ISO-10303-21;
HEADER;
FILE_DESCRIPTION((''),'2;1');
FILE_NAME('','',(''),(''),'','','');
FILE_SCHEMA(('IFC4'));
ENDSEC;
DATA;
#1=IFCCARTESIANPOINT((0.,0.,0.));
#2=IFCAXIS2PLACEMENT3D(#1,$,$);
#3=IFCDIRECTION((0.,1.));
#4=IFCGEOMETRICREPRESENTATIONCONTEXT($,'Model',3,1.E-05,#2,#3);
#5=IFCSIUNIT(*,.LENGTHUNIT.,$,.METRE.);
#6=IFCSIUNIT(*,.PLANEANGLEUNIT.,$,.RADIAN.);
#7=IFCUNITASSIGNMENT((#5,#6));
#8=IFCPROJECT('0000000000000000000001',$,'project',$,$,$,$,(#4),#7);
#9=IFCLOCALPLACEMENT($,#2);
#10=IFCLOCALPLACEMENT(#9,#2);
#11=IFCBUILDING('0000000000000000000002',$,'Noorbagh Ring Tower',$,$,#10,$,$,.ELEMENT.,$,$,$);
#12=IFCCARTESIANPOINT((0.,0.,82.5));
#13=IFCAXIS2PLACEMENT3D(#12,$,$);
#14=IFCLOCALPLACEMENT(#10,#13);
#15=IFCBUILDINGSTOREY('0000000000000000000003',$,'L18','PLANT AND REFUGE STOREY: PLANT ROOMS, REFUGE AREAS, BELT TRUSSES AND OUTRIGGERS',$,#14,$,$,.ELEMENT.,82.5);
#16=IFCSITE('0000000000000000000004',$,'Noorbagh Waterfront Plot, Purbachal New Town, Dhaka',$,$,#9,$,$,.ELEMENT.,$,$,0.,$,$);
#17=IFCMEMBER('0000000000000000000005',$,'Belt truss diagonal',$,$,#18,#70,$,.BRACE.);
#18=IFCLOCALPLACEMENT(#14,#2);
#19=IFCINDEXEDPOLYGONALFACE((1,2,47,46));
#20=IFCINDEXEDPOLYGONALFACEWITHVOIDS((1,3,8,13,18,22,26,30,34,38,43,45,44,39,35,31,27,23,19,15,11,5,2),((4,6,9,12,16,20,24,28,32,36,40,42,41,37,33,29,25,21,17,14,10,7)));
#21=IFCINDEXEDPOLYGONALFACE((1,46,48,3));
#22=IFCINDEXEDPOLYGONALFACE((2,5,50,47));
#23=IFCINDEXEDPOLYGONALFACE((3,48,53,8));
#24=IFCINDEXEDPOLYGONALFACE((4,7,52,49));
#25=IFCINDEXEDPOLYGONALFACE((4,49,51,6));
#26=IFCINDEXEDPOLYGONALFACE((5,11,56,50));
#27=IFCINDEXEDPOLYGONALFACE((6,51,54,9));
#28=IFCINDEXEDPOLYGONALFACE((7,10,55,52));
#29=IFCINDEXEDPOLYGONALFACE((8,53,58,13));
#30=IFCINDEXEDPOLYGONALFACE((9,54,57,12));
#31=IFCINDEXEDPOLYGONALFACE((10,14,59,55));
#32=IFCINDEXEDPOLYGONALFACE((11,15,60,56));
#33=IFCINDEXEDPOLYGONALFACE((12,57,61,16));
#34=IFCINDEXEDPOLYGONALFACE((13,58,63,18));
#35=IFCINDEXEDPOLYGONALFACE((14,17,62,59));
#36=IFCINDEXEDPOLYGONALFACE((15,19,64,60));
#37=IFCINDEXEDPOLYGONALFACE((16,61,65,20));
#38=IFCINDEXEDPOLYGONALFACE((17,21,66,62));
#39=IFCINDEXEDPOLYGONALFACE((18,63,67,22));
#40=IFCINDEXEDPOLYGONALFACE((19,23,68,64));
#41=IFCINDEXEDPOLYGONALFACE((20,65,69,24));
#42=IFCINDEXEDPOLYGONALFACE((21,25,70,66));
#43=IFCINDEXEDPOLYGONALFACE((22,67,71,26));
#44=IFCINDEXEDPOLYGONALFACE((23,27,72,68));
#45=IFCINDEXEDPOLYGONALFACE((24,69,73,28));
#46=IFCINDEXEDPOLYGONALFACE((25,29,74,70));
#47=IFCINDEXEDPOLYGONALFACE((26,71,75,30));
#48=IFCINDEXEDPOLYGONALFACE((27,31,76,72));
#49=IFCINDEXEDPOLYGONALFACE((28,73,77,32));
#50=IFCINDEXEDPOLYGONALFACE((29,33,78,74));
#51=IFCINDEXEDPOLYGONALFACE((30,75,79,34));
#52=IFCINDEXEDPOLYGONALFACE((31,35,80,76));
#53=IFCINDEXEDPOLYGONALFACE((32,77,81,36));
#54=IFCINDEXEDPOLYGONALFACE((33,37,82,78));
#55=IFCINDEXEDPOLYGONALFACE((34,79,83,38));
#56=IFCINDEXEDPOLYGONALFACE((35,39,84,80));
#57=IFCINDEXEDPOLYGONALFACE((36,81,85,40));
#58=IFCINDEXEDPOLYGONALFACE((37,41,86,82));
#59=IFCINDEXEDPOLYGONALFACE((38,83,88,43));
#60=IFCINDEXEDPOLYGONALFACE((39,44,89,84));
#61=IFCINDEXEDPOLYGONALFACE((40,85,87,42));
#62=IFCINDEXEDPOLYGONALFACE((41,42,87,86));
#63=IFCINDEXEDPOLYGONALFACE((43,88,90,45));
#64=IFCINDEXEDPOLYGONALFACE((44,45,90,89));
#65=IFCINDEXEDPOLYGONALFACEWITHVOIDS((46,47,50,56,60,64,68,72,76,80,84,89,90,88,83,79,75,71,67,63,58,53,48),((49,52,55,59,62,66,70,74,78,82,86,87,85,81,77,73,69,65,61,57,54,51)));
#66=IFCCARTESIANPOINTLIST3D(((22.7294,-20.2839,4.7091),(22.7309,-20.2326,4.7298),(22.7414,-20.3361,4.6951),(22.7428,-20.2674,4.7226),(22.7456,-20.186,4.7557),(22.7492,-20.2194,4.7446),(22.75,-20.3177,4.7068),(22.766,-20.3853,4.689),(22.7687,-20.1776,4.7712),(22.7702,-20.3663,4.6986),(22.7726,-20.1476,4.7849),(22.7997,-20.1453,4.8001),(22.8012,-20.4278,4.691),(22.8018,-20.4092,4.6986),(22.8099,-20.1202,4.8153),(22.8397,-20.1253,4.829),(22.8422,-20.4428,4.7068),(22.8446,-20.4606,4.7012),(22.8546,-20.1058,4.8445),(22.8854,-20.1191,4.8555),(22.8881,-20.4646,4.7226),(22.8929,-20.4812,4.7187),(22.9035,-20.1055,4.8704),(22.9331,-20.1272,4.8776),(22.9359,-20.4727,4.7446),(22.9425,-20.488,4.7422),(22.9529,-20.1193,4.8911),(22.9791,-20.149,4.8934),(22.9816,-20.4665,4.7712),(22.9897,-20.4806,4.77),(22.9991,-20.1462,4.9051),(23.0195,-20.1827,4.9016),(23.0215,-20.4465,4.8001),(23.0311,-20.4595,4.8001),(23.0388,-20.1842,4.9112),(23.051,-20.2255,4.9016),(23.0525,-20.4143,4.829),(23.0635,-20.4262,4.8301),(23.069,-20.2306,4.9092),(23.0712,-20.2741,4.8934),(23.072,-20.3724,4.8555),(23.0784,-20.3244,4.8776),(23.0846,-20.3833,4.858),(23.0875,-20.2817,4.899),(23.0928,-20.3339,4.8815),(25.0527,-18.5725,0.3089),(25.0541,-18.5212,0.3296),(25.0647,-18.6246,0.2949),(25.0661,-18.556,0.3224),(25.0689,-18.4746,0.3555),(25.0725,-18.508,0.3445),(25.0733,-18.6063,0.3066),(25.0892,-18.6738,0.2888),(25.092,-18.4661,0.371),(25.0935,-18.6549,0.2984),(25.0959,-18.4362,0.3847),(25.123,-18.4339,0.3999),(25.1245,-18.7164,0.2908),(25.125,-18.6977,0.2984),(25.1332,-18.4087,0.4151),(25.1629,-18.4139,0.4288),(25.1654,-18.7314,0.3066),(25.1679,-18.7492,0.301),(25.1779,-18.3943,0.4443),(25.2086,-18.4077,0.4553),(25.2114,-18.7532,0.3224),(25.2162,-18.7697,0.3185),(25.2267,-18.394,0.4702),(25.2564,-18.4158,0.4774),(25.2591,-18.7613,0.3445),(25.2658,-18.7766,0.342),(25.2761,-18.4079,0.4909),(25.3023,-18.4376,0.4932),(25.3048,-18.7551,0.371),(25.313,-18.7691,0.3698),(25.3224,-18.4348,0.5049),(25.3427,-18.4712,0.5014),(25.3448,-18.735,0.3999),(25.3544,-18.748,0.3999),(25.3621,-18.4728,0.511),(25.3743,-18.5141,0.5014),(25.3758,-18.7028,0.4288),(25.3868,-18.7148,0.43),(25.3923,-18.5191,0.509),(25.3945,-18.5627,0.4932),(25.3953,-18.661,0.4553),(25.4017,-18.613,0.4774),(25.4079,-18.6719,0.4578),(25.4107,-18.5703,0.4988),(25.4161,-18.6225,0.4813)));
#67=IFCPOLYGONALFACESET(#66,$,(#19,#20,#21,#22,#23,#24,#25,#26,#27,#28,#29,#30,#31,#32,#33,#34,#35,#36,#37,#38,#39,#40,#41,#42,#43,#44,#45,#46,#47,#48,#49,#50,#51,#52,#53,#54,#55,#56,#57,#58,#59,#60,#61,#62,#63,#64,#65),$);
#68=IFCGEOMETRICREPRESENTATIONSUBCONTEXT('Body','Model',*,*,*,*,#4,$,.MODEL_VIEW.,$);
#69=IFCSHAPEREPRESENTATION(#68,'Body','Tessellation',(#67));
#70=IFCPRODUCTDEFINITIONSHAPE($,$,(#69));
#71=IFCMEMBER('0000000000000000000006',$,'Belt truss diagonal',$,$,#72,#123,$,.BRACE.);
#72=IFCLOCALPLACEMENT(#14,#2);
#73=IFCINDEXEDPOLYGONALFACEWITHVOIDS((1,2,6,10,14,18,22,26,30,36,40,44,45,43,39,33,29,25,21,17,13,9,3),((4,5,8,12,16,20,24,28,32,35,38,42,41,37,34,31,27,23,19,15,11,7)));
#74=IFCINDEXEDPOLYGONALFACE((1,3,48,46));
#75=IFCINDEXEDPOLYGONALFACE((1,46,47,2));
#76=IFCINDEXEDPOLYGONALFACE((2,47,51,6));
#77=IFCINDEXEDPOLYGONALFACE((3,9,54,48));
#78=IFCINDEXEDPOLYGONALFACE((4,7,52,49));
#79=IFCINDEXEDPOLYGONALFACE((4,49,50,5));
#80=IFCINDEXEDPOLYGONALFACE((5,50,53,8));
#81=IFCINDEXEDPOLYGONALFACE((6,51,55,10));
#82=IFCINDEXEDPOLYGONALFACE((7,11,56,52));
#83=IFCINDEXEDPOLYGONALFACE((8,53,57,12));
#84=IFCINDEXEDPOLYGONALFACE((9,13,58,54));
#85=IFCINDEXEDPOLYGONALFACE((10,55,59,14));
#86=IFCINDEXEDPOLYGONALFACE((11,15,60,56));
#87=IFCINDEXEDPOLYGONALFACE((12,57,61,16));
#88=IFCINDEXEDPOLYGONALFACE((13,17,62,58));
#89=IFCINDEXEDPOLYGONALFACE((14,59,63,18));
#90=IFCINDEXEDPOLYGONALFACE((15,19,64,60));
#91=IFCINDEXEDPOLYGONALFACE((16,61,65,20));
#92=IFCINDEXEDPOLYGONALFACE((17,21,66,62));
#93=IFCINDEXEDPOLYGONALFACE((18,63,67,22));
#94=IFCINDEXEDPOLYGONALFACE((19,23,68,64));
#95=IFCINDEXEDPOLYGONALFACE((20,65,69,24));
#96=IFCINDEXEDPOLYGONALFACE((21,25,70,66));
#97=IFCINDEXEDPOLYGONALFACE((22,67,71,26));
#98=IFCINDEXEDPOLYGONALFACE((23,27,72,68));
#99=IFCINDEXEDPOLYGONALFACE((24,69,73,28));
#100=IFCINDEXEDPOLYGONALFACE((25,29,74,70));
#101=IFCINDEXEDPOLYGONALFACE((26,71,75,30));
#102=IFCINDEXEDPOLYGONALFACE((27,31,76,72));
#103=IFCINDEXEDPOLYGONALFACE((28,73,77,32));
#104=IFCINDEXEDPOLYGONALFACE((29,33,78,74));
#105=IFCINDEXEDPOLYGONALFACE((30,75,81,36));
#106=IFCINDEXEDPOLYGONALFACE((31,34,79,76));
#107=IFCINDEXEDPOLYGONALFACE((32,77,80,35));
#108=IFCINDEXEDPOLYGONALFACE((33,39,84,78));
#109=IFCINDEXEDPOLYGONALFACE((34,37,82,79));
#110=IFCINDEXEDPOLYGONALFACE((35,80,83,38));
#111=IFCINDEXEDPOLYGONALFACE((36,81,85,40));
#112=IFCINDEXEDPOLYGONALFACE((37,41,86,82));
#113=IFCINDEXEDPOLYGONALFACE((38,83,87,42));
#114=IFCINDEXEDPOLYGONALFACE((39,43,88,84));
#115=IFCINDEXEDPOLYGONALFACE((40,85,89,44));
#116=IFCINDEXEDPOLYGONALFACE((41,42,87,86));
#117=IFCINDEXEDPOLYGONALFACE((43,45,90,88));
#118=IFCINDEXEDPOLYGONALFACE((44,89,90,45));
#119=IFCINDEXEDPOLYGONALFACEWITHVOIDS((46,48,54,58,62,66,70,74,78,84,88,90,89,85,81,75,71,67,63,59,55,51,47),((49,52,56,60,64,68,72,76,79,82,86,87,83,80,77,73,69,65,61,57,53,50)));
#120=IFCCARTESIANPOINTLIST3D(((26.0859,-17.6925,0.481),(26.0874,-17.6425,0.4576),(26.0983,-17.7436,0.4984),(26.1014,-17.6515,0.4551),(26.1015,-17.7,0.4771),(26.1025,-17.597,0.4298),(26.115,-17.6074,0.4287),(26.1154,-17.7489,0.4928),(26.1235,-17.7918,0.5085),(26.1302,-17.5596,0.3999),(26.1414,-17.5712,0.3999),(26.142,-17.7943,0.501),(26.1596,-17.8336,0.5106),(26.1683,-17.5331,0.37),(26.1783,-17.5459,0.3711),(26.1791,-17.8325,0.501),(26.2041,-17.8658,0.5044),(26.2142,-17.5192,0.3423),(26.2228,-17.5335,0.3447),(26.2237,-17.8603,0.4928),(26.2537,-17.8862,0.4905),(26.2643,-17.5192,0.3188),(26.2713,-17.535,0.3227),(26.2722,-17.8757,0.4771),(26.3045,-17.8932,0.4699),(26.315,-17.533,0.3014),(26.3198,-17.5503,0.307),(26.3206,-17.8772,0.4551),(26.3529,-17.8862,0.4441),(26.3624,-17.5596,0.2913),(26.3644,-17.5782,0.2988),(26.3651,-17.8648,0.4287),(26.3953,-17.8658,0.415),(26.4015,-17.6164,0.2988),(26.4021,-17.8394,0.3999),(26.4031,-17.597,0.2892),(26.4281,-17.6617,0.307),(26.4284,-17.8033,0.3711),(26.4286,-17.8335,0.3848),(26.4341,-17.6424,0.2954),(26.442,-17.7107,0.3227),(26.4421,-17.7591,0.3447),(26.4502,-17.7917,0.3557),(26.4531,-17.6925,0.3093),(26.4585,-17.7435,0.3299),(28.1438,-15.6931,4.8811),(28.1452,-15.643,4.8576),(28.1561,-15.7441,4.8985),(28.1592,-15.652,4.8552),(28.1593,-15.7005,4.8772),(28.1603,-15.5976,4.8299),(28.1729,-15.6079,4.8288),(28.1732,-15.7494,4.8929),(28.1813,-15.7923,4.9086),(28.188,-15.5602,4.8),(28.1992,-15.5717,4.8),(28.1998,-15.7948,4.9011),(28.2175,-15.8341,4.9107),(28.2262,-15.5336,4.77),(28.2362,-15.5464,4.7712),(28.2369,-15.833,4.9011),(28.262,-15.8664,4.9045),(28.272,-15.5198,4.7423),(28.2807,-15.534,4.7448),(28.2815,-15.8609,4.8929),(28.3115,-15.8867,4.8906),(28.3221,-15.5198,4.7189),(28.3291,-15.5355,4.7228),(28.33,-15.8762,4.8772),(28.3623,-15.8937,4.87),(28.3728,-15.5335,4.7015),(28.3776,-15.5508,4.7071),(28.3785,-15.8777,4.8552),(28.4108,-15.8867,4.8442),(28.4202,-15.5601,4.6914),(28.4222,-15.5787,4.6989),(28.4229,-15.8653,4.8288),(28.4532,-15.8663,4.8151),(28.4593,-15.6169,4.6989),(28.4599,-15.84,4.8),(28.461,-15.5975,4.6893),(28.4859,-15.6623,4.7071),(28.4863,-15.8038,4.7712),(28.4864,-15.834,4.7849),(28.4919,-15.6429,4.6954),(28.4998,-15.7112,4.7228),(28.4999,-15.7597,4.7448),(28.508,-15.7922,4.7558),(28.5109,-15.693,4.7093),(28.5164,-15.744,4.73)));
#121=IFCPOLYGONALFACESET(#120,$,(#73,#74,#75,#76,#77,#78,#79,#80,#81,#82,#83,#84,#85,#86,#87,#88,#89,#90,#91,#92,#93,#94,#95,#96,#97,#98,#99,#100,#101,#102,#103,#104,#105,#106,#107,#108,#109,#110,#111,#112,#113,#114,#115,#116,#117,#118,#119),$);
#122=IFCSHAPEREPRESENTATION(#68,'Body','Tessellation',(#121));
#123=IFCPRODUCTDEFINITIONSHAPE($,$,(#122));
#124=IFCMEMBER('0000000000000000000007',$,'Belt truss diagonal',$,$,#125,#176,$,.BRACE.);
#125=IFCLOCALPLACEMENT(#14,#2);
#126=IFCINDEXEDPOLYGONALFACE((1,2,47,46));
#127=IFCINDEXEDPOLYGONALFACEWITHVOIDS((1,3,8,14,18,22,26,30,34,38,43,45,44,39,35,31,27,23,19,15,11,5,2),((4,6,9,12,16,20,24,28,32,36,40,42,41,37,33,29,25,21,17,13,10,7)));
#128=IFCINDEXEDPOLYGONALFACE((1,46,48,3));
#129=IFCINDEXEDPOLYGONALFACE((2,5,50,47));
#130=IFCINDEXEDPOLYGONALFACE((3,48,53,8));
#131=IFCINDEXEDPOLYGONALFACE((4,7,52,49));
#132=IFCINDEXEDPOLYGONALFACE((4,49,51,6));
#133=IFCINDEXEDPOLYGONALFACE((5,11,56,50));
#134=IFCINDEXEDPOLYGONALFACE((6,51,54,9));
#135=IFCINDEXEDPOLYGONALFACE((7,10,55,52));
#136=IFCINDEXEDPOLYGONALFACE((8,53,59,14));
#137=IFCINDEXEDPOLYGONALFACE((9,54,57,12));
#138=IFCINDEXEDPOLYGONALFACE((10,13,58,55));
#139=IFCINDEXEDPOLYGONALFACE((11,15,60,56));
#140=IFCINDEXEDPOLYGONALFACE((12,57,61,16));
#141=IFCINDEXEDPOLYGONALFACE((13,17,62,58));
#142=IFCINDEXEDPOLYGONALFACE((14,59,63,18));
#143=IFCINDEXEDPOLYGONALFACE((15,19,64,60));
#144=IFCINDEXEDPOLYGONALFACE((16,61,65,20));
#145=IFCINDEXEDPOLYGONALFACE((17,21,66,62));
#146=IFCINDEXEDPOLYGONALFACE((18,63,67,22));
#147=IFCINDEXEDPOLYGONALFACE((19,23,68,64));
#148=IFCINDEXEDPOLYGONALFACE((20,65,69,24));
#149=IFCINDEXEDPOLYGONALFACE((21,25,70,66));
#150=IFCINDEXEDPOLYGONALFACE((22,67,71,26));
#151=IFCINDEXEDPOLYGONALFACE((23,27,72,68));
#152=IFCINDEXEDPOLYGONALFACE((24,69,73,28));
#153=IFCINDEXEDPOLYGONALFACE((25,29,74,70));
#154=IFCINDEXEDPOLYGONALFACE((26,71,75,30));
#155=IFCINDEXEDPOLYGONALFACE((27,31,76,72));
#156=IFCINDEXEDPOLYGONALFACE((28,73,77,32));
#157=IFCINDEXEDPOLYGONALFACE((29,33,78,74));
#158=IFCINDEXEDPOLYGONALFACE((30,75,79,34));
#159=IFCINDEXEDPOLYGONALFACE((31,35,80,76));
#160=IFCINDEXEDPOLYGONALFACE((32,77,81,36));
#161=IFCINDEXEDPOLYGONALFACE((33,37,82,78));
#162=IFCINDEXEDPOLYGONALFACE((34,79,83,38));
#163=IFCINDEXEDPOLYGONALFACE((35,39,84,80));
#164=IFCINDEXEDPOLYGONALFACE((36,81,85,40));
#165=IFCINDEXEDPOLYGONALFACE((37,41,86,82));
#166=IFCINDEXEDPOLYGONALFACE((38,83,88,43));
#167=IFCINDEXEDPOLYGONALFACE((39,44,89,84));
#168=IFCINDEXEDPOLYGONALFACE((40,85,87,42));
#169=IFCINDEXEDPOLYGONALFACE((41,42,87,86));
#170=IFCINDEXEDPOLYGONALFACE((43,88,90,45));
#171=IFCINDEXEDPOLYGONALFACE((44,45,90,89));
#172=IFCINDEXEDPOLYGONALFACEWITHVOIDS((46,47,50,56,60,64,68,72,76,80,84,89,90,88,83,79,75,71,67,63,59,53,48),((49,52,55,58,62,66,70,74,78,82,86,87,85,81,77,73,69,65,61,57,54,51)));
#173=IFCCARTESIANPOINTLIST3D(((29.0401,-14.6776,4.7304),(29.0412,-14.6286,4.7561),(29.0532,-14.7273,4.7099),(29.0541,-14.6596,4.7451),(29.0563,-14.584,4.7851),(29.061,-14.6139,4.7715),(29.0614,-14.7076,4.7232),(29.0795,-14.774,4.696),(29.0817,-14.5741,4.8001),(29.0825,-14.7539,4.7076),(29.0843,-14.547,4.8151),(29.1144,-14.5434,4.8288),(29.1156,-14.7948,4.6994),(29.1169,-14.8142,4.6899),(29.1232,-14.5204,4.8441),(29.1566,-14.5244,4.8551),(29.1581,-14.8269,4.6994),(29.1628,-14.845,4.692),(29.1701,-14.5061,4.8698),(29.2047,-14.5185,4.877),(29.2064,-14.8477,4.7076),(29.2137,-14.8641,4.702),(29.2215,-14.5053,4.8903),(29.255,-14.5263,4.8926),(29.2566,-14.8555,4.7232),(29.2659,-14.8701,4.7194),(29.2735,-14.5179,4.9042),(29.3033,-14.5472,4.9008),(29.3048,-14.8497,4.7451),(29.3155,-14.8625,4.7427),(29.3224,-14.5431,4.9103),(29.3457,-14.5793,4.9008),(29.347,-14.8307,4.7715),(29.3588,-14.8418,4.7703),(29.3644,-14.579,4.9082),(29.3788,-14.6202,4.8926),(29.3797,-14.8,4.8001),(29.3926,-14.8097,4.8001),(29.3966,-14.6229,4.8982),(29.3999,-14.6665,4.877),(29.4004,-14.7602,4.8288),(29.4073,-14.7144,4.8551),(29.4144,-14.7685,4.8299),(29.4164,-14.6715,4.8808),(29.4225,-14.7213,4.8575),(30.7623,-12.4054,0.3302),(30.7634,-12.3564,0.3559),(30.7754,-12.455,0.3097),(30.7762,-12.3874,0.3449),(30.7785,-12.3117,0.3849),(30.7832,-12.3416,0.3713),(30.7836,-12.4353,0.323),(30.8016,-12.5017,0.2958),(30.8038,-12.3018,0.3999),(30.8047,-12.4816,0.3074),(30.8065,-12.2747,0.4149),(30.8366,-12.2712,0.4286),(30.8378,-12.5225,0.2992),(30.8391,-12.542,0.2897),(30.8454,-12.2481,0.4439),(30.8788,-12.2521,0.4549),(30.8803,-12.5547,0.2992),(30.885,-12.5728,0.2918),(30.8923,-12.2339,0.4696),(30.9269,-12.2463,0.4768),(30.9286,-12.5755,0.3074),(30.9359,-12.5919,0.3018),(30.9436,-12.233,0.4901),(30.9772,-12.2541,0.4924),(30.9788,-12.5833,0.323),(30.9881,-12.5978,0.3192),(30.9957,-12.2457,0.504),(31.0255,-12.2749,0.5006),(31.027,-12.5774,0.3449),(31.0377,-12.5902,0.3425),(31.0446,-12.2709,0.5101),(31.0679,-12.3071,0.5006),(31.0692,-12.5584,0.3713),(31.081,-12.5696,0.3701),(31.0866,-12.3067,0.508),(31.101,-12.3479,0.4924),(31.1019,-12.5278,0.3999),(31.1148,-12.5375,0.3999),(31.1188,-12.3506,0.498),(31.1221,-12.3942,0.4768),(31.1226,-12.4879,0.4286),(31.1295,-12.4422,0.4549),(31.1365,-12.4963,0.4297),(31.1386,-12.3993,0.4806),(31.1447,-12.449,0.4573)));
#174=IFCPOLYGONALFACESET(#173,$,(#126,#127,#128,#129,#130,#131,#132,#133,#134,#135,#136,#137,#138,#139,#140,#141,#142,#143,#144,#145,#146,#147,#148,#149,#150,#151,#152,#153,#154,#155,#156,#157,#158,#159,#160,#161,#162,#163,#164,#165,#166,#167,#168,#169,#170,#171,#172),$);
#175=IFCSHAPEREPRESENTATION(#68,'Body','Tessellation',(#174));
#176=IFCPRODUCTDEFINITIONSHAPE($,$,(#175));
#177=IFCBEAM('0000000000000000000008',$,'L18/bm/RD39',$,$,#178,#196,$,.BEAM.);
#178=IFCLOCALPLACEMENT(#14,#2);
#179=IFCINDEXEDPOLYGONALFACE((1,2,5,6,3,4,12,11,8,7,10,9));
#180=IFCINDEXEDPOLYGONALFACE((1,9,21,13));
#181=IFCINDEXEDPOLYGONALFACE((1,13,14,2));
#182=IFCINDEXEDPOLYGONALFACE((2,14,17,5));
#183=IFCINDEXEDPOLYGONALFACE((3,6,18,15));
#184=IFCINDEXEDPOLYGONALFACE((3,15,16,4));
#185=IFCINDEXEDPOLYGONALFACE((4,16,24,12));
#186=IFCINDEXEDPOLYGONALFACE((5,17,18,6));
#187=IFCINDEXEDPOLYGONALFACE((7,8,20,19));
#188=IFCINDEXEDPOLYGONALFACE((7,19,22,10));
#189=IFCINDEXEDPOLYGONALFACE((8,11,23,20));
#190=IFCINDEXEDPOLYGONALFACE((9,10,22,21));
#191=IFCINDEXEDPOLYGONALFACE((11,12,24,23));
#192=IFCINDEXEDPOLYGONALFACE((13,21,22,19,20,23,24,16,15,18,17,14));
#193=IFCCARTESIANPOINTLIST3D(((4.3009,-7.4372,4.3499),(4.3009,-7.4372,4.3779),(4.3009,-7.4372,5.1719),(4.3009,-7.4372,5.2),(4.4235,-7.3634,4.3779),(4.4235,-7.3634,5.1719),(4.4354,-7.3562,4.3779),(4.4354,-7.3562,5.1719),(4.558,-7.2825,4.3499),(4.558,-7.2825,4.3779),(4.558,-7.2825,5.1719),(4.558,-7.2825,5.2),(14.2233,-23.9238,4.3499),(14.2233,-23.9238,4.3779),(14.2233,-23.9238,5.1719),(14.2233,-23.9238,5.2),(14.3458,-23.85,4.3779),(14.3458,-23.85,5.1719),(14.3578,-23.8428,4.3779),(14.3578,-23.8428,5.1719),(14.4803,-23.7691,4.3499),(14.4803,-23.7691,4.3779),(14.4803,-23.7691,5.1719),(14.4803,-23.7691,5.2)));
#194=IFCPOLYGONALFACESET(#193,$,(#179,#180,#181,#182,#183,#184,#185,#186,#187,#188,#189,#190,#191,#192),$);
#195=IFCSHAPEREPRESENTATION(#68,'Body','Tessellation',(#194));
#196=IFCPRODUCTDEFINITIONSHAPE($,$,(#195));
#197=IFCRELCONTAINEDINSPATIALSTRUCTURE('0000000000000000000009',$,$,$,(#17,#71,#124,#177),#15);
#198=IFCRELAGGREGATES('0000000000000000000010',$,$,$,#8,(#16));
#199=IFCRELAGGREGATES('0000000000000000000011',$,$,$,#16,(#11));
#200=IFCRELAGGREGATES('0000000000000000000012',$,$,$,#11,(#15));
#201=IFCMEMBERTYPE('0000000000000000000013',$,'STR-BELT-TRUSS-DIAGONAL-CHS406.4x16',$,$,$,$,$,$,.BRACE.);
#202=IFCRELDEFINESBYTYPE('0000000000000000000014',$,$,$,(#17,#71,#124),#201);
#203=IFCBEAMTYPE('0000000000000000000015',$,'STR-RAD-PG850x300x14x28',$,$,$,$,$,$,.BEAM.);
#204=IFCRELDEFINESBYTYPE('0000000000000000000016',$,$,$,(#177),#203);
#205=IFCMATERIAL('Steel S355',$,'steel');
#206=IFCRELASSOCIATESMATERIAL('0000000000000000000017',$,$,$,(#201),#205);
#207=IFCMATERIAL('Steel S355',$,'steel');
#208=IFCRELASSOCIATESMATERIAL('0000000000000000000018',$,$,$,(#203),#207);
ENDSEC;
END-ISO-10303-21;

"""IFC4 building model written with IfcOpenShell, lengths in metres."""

from ifc_helpers import new_model, si_unit, direction, frame, origin, origin_2d, place, context, subcontext, project, spatial, hollow_circle, i_section, extrude, material, material_profile, profile_set, type_object, element, save


model = new_model("IFC4")

# Units and contexts
model_context = context("Model", 3, precision=1e-05, world=origin(), true_north=direction((0.0, 1.0)))
body_context = subcontext(model_context, "Body", "Model", "MODEL_VIEW")
ifc_project = project(units=[si_unit("LENGTHUNIT", "METRE"), si_unit("PLANEANGLEUNIT", "RADIAN")], contexts=[model_context])

# Site, building, storey
site_placement = place(None, origin())
site = spatial("IfcSite", under=ifc_project, at=site_placement, Name="Noorbagh Waterfront Plot, Purbachal New Town, Dhaka", CompositionType="ELEMENT", RefElevation=0.0)
building_placement = place(site_placement, origin())
building = spatial("IfcBuilding", under=site, at=building_placement, Name="Noorbagh Ring Tower", CompositionType="ELEMENT")
storey_placement = place(building_placement, frame((0.0, 0.0, 82.5)))
storey = spatial("IfcBuildingStorey", under=building, at=storey_placement, Name="L18", Description="PLANT AND REFUGE STOREY: PLANT ROOMS, REFUGE AREAS, BELT TRUSSES AND OUTRIGGERS", CompositionType="ELEMENT", Elevation=82.5)

# Members
ifc_material_1 = material(Name="Steel S355", Category="steel")
ifc_material_profile_1 = material_profile(ifc_material_1, hollow_circle(Radius=0.2031, WallThickness=0.0161, at=origin_2d()), Name="CHS406.4x16")
ifc_profile_set_1 = profile_set([ifc_material_profile_1], Name="Steel S355")
member_type = type_object("IfcMemberType", Name="STR-BELT-TRUSS-DIAGONAL-CHS406.4x16", PredefinedType="BRACE", material=ifc_profile_set_1)
member_1_placement = place(storey_placement, frame((25.2339, -18.5845, 0.3999), z_axis=(-0.441521, -0.325248, 0.836226), x_axis=(0.593101, -0.805128, 0.0)))
element("IfcMember", 1, at=member_1_placement, inside=storey, type_object=member_type, Name="Belt truss diagonal", PredefinedType="BRACE", context=body_context, shape_type="SweptSolid", body=[
    extrude(hollow_circle(Radius=0.2031, WallThickness=0.0161, at=origin_2d()), origin(), (0.0, 0.0, 1.0), 5.262),
])
member_2_placement = place(storey_placement, frame((26.2717, -17.7053, 0.3999), z_axis=(0.391749, 0.380641, 0.837643), x_axis=(-0.696866, 0.717202, 0.0)))
element("IfcMember", 2, at=member_2_placement, inside=storey, type_object=member_type, Name="Belt truss diagonal", PredefinedType="BRACE", context=body_context, shape_type="SweptSolid", body=[
    extrude(hollow_circle(Radius=0.2031, WallThickness=0.0161, at=origin_2d()), origin(), (0.0, 0.0, 1.0), 5.2529),
])
member_3_placement = place(storey_placement, frame((30.9529, -12.4148, 0.3999), z_axis=(-0.328464, -0.433373, 0.839226), x_axis=(0.796958, -0.604034, 0.0)))
element("IfcMember", 3, at=member_3_placement, inside=storey, type_object=member_type, Name="Belt truss diagonal", PredefinedType="BRACE", context=body_context, shape_type="SweptSolid", body=[
    extrude(hollow_circle(Radius=0.2031, WallThickness=0.0161, at=origin_2d()), origin(), (0.0, 0.0, 1.0), 5.2432),
])

# Beam
ifc_material_2 = material(Name="Steel S355", Category="steel")
ifc_material_profile_2 = material_profile(ifc_material_2, i_section(OverallWidth=0.3, OverallDepth=0.8501, WebThickness=0.0139, FlangeThickness=0.0281, at=origin_2d()), Name="PG850x300x14x28")
ifc_profile_set_2 = profile_set([ifc_material_profile_2], Name="Steel S355")
beam_type_1 = type_object("IfcBeamType", Name="STR-RAD-PG850x300x14x28", PredefinedType="BEAM", material=ifc_profile_set_2)
beam_1_placement = place(storey_placement, frame((14.3518, -23.8464, 4.7749), z_axis=(-0.515658, 0.856795, 0.0), x_axis=(-0.856795, -0.515658, 0.0)))
element("IfcBeam", 4, at=beam_1_placement, inside=storey, type_object=beam_type_1, Name="L18/bm/RD39", PredefinedType="BEAM", context=body_context, shape_type="SweptSolid", body=[
    extrude(i_section(OverallWidth=0.3, OverallDepth=0.8501, WebThickness=0.0139, FlangeThickness=0.0281, at=origin_2d()), origin(), (0.0, 0.0, 1.0), 19.2422),
])

save(model, "model.ifc")
